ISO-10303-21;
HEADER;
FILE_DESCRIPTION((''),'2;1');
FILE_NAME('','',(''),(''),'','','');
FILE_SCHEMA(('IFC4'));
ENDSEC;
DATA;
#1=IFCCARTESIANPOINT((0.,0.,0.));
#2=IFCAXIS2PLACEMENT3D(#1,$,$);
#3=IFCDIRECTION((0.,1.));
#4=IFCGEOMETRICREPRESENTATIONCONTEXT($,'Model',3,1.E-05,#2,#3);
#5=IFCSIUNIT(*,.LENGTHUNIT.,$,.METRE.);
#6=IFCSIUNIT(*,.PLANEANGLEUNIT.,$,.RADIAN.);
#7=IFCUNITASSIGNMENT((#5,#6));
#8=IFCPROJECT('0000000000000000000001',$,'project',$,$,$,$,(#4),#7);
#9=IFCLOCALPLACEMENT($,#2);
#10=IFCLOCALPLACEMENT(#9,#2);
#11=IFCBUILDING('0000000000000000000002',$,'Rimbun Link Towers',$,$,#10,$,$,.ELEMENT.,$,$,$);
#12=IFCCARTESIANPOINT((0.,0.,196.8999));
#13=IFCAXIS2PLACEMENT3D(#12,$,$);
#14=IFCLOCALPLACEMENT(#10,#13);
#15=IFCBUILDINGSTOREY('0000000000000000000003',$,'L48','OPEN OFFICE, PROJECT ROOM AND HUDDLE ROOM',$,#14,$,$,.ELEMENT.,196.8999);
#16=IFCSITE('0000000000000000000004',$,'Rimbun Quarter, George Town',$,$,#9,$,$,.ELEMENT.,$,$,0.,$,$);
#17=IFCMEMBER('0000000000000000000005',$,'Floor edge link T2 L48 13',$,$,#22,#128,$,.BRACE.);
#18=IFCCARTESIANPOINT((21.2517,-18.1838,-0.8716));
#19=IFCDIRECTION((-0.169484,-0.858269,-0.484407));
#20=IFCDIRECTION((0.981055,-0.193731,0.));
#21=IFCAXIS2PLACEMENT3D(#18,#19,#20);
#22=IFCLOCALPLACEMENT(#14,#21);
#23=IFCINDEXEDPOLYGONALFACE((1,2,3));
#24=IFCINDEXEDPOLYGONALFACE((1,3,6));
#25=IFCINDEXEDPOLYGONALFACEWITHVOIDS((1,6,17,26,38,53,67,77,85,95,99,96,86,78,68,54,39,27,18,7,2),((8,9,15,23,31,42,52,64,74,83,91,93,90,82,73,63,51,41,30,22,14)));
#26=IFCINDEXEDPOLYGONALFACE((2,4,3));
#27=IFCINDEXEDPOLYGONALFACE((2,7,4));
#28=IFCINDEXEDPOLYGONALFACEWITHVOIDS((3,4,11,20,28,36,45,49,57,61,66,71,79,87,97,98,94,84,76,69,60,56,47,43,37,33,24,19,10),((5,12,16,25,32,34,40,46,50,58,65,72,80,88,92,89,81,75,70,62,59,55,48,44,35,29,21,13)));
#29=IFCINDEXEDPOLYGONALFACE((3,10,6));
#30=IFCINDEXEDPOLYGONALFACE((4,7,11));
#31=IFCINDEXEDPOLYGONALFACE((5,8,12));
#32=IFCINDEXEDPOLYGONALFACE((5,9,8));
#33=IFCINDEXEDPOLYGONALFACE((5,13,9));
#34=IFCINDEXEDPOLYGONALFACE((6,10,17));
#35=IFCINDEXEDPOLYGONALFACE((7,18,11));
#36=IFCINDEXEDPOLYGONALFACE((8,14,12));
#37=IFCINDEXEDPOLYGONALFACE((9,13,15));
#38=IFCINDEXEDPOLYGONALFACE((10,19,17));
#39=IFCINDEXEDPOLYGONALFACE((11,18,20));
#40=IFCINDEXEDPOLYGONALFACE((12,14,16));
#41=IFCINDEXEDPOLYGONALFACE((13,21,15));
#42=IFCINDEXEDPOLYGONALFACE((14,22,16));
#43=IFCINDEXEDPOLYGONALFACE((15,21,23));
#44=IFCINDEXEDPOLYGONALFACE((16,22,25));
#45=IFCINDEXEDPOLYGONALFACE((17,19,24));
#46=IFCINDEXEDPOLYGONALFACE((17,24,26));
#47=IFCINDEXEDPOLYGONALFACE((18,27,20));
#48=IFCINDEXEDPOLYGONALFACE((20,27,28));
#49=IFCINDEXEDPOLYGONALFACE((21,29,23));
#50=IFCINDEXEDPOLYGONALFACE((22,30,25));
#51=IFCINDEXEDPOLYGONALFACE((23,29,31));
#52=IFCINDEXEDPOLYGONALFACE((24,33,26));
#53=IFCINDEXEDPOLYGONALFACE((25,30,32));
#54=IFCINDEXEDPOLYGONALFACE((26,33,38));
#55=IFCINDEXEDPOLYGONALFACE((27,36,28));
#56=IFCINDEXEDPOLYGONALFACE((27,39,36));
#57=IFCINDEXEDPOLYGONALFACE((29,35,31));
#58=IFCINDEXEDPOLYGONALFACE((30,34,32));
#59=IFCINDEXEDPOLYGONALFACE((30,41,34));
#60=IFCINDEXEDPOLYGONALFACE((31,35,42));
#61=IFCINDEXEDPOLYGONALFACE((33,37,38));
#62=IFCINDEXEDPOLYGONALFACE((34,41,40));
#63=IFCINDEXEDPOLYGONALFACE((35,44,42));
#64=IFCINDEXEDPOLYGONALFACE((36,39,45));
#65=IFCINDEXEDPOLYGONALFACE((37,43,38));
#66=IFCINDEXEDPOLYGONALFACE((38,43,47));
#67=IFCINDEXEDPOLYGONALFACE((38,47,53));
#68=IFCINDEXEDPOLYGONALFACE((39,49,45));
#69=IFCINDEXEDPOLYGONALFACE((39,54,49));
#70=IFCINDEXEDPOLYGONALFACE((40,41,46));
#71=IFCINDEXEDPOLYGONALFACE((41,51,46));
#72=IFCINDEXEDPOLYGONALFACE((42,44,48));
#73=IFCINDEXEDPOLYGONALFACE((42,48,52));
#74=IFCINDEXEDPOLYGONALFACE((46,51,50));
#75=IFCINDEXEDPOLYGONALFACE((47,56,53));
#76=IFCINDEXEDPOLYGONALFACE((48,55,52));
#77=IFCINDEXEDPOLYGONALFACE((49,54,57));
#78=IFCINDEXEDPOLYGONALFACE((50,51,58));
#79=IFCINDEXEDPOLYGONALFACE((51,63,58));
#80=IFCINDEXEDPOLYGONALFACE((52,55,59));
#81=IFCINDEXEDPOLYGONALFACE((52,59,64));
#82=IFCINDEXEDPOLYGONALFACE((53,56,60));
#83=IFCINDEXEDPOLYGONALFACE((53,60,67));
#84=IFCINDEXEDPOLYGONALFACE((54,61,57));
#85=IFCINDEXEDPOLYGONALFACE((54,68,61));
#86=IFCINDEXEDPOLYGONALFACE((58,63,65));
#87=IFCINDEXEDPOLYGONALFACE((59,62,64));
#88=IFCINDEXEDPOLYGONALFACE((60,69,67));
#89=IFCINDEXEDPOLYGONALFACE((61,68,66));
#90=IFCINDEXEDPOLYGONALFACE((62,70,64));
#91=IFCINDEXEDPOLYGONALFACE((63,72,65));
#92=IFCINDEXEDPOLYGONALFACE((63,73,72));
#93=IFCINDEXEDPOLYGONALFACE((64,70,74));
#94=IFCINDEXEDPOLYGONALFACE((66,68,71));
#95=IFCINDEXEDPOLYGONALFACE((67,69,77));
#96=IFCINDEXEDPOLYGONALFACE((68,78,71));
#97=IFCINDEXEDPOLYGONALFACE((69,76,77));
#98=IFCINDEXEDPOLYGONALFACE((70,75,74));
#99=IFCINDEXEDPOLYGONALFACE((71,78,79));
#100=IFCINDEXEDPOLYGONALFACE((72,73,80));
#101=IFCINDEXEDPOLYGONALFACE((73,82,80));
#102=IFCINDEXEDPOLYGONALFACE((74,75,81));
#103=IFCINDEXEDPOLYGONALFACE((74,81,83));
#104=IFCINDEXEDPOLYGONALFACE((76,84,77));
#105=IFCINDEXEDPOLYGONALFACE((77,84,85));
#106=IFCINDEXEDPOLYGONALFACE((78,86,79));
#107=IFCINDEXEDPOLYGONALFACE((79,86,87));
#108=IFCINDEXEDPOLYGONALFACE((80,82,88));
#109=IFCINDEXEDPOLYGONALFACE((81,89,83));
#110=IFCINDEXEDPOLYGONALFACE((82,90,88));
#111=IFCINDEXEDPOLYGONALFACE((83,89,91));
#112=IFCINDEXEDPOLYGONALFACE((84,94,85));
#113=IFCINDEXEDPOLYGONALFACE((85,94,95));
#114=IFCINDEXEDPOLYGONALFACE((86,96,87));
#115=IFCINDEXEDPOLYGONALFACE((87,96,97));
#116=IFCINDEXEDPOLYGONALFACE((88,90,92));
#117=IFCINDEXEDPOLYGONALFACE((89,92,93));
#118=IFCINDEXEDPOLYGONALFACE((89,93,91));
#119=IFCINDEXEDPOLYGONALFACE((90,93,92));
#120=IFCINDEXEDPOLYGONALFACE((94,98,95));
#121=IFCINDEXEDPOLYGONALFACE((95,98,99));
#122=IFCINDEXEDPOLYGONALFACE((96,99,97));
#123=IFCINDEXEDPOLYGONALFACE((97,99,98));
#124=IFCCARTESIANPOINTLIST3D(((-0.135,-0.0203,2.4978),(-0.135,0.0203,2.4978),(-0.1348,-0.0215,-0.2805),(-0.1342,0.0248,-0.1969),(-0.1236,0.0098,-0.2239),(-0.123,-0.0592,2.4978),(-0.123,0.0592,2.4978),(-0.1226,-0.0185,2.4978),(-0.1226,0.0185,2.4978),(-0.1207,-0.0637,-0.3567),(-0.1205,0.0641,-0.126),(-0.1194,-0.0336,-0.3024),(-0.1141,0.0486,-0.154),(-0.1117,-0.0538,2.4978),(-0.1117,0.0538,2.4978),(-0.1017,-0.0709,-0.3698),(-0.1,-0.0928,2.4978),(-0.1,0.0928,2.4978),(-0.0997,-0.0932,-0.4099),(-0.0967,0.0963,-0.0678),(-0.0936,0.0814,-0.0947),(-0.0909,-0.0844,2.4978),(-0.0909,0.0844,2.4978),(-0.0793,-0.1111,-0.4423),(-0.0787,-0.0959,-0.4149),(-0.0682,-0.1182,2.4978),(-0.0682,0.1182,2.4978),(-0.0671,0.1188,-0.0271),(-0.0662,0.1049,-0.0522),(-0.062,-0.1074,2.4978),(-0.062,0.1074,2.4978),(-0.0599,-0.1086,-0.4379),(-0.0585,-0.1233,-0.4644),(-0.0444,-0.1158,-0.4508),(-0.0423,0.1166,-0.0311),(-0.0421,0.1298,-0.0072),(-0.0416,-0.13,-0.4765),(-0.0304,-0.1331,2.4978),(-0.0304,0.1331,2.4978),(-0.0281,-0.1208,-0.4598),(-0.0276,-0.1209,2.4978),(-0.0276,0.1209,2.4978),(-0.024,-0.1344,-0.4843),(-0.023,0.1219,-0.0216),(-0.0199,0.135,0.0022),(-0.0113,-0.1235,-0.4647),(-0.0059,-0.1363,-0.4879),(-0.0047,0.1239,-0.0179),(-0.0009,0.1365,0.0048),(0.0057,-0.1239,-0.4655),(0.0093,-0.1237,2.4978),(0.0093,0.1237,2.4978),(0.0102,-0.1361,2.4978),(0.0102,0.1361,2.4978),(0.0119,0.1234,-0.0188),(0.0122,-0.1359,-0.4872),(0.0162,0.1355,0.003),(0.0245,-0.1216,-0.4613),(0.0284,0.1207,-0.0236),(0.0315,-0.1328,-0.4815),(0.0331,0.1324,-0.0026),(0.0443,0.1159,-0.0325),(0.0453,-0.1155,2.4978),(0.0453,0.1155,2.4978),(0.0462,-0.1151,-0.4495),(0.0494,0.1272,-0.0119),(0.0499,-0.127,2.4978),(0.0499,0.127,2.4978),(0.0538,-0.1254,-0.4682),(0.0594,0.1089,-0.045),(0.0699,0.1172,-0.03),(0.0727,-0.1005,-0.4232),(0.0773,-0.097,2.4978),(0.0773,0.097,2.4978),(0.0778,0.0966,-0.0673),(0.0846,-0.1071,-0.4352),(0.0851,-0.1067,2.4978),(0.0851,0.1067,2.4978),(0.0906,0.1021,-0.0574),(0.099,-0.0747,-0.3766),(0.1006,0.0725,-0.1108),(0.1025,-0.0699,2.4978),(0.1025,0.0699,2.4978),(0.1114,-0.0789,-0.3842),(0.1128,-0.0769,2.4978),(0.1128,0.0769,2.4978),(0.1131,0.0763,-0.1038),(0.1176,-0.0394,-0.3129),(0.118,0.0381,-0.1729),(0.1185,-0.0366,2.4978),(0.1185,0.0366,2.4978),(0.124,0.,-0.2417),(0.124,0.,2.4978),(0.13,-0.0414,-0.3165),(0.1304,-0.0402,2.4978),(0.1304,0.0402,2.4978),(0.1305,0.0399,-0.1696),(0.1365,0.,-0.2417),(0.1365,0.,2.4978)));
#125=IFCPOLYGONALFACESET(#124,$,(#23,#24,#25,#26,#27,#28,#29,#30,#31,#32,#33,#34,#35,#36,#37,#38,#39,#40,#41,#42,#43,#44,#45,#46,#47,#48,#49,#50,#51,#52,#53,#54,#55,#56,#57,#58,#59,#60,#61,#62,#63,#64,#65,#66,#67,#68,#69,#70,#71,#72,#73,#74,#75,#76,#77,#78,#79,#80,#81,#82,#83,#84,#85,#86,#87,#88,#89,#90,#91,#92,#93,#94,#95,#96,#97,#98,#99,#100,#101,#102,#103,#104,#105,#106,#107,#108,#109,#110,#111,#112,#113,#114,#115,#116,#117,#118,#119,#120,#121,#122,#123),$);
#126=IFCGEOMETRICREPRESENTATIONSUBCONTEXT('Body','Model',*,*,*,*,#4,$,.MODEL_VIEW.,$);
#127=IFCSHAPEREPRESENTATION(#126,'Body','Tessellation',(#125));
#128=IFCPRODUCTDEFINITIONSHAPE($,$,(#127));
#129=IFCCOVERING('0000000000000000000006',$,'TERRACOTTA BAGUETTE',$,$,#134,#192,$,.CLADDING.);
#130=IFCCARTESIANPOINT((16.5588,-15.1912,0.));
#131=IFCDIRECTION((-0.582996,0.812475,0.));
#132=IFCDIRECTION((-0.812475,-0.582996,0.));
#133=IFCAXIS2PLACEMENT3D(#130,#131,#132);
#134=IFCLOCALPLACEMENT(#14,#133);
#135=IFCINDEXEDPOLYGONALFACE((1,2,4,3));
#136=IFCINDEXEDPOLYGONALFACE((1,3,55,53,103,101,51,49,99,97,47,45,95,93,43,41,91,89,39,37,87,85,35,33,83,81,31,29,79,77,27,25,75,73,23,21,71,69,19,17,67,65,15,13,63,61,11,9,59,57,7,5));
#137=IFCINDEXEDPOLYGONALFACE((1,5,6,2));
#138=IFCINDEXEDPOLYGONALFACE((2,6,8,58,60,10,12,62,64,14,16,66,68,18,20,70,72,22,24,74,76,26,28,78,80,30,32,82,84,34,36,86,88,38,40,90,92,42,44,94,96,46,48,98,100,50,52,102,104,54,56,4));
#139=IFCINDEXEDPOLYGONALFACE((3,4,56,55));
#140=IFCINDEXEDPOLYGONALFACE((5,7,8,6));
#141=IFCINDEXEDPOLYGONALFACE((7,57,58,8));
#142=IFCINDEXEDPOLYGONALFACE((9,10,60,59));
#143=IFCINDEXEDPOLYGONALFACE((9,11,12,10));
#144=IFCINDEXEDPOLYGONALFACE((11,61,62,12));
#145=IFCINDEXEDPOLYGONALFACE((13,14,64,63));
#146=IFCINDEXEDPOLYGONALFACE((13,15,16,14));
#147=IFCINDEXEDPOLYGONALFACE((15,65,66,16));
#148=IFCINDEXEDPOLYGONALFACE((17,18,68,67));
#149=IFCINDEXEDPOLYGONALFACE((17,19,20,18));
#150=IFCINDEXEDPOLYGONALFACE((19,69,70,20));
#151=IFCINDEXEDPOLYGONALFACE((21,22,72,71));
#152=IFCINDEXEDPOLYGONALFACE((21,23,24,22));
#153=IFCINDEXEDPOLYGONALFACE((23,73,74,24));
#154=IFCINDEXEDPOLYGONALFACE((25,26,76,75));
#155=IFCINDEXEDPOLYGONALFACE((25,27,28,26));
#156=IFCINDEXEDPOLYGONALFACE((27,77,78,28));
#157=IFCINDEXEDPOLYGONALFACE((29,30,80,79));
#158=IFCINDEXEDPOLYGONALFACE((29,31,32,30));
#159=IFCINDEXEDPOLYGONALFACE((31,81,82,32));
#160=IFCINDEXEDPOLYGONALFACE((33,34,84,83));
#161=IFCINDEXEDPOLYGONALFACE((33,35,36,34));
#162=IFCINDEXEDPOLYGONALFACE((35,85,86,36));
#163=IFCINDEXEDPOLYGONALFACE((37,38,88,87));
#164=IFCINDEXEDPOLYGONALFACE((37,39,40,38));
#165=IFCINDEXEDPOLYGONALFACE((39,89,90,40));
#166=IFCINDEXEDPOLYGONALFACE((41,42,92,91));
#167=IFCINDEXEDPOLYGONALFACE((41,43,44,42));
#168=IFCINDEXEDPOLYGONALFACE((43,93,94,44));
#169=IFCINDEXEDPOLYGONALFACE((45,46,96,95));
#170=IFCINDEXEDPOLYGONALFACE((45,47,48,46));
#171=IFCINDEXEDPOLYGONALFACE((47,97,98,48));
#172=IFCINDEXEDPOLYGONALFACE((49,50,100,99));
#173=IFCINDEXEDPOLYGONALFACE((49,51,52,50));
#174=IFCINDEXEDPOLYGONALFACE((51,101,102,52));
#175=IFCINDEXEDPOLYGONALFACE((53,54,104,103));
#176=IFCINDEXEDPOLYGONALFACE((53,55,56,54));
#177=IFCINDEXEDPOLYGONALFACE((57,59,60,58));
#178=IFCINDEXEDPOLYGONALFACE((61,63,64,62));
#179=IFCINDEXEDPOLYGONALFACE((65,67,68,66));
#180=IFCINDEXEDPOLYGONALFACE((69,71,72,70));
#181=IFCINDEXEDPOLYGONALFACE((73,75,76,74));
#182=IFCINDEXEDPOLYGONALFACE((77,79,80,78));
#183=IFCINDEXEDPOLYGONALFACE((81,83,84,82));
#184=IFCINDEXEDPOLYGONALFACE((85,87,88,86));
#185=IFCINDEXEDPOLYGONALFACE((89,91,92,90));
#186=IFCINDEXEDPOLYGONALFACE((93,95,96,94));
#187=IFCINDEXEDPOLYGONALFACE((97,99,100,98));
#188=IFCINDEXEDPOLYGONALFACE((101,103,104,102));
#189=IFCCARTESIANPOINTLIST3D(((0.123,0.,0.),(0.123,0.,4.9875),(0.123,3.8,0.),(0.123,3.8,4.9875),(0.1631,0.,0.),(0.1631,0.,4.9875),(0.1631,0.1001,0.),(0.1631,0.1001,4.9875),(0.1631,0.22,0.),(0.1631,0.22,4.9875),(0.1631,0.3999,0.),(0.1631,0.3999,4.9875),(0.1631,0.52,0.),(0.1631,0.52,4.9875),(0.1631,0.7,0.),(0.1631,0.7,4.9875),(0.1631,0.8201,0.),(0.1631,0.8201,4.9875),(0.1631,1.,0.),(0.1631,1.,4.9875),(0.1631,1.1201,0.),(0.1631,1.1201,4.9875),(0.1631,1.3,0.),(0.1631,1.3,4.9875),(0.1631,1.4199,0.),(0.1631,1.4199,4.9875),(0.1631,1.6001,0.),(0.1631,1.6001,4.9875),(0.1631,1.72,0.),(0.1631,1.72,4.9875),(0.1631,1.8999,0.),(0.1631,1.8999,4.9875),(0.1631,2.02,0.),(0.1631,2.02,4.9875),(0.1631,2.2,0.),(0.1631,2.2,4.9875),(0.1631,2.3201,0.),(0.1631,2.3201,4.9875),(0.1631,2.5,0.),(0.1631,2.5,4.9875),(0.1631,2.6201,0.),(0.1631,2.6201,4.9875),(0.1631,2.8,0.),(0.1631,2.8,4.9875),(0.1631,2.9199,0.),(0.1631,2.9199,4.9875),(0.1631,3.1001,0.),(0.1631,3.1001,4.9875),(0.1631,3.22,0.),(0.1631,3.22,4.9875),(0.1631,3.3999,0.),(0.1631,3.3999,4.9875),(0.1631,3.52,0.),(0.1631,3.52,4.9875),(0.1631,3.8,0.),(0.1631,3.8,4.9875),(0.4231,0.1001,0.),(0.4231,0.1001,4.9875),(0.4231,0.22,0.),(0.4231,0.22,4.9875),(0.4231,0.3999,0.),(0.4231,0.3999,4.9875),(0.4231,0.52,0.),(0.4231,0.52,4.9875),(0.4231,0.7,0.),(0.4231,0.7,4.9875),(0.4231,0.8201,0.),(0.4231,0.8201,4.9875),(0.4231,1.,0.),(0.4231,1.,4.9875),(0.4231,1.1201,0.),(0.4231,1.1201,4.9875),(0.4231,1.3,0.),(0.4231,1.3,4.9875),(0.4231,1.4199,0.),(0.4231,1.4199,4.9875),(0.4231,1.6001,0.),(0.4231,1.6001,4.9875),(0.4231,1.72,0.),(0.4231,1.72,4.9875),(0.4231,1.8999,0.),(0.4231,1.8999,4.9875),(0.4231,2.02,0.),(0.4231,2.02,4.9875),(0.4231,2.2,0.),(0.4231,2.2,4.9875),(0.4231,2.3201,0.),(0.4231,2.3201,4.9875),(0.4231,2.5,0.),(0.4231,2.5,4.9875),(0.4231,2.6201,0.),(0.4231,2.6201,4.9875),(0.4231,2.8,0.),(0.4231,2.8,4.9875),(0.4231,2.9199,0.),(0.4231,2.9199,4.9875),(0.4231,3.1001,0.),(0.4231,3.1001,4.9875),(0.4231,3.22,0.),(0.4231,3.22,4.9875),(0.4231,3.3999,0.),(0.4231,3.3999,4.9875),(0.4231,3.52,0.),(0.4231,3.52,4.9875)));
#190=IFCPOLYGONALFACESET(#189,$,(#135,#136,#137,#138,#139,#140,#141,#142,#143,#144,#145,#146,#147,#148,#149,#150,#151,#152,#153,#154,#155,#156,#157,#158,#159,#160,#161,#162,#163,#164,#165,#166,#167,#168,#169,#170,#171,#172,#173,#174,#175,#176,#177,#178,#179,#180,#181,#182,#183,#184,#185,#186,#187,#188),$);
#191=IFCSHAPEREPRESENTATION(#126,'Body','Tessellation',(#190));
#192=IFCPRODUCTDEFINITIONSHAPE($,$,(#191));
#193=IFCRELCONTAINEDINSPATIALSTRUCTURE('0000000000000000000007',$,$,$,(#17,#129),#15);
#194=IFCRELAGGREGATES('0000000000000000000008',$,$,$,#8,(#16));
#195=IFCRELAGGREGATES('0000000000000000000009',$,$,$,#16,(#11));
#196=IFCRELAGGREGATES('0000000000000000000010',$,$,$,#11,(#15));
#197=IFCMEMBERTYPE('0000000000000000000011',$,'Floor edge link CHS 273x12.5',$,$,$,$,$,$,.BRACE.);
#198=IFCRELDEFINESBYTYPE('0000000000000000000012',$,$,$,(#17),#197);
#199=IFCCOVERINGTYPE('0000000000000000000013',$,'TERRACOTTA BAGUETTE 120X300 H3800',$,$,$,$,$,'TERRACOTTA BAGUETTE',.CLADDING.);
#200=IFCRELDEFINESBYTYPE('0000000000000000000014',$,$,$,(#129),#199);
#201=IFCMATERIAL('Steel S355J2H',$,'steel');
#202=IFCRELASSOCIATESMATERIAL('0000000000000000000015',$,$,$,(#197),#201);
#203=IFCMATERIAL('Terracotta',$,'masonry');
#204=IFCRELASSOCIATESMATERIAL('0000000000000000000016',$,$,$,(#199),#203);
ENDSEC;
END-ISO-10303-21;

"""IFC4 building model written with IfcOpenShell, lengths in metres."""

from ifc_helpers import new_model, si_unit, direction, frame, origin, origin_2d, place, context, subcontext, project, spatial, polyline, hollow_circle, outline, extrude, clip, halfspace, material, material_profile, profile_set, type_object, element, save


model = new_model("IFC4")

# Units and contexts
model_context = context("Model", 3, precision=1e-05, world=origin(), true_north=direction((0.0, 1.0)))
body_context = subcontext(model_context, "Body", "Model", "MODEL_VIEW")
ifc_project = project(units=[si_unit("LENGTHUNIT", "METRE"), si_unit("PLANEANGLEUNIT", "RADIAN")], contexts=[model_context])

# Site, building, storey
site_placement = place(None, origin())
site = spatial("IfcSite", under=ifc_project, at=site_placement, Name="Rimbun Quarter, George Town", CompositionType="ELEMENT", RefElevation=0.0)
building_placement = place(site_placement, origin())
building = spatial("IfcBuilding", under=site, at=building_placement, Name="Rimbun Link Towers", CompositionType="ELEMENT")
storey_placement = place(building_placement, frame((0.0, 0.0, 196.8999)))
storey = spatial("IfcBuildingStorey", under=building, at=storey_placement, Name="L48", Description="OPEN OFFICE, PROJECT ROOM AND HUDDLE ROOM", CompositionType="ELEMENT", Elevation=196.8999)

# Member
ifc_material_1 = material(Name="Steel S355J2H", Category="steel")
ifc_material_profile_1 = material_profile(ifc_material_1, hollow_circle(Radius=0.1365, WallThickness=0.0125, at=origin_2d()), Name="CHS 273x12.5")
ifc_profile_set_1 = profile_set([ifc_material_profile_1], Name="Steel S355J2H")
member_type_1 = type_object("IfcMemberType", Name="Floor edge link CHS 273x12.5", PredefinedType="BRACE", material=ifc_profile_set_1)
member_1_placement = place(storey_placement, frame((21.2517, -18.1838, -0.8716), z_axis=(-0.169484, -0.858269, -0.484407), x_axis=(0.981055, -0.193731, 0.0)))
element("IfcMember", 1, at=member_1_placement, inside=storey, type_object=member_type_1, Name="Floor edge link T2 L48 13", PredefinedType="BRACE", context=body_context, shape_type="Clipping", body=[
    clip(extrude(hollow_circle(Radius=0.1365, WallThickness=0.0125, at=origin_2d()), frame((0.0, 0.0, -0.5137)), (0.0, 0.0, 1.0), 3.0115), halfspace(frame((0.0, 0.0, -0.2417), z_axis=(0.0, 0.874843, -0.484407)), False)),
])

# Covering
ifc_material_2 = material(Name="Terracotta", Category="masonry")
ifc_material_profile_2 = material_profile(ifc_material_2, outline(polyline([(0.123, 0.0), (0.1631, 0.0), (0.1631, 0.1001), (0.4231, 0.1001), (0.4231, 0.22), (0.1631, 0.22), (0.1631, 0.3999), (0.4231, 0.3999), (0.4231, 0.52), (0.1631, 0.52), (0.1631, 0.7), (0.4231, 0.7), (0.4231, 0.8201), (0.1631, 0.8201), (0.1631, 1.0), (0.4231, 1.0), (0.4231, 1.1201), (0.1631, 1.1201), (0.1631, 1.3), (0.4231, 1.3), (0.4231, 1.4199), (0.1631, 1.4199), (0.1631, 1.6001), (0.4231, 1.6001), (0.4231, 1.72), (0.1631, 1.72), (0.1631, 1.8999), (0.4231, 1.8999), (0.4231, 2.02), (0.1631, 2.02), (0.1631, 2.2), (0.4231, 2.2), (0.4231, 2.3201), (0.1631, 2.3201), (0.1631, 2.5), (0.4231, 2.5), (0.4231, 2.6201), (0.1631, 2.6201), (0.1631, 2.8), (0.4231, 2.8), (0.4231, 2.9199), (0.1631, 2.9199), (0.1631, 3.1001), (0.4231, 3.1001), (0.4231, 3.22), (0.1631, 3.22), (0.1631, 3.3999), (0.4231, 3.3999), (0.4231, 3.52), (0.1631, 3.52), (0.1631, 3.8), (0.123, 3.8), (0.123, 0.0)])), Name="BAGUETTE 120X300")
ifc_profile_set_2 = profile_set([ifc_material_profile_2], Name="Terracotta")
covering_type = type_object("IfcCoveringType", Name="TERRACOTTA BAGUETTE 120X300 H3800", ElementType="TERRACOTTA BAGUETTE", PredefinedType="CLADDING", material=ifc_profile_set_2)
covering_1_placement = place(storey_placement, frame((16.5588, -15.1912, 0.0), z_axis=(-0.582996, 0.812475, 0.0), x_axis=(-0.812475, -0.582996, 0.0)))
element("IfcCovering", 2, at=covering_1_placement, inside=storey, type_object=covering_type, Name="TERRACOTTA BAGUETTE", PredefinedType="CLADDING", context=body_context, shape_type="SweptSolid", body=[
    extrude(outline(polyline([(0.123, 0.0), (0.1631, 0.0), (0.1631, 0.1001), (0.4231, 0.1001), (0.4231, 0.22), (0.1631, 0.22), (0.1631, 0.3999), (0.4231, 0.3999), (0.4231, 0.52), (0.1631, 0.52), (0.1631, 0.7), (0.4231, 0.7), (0.4231, 0.8201), (0.1631, 0.8201), (0.1631, 1.0), (0.4231, 1.0), (0.4231, 1.1201), (0.1631, 1.1201), (0.1631, 1.3), (0.4231, 1.3), (0.4231, 1.4199), (0.1631, 1.4199), (0.1631, 1.6001), (0.4231, 1.6001), (0.4231, 1.72), (0.1631, 1.72), (0.1631, 1.8999), (0.4231, 1.8999), (0.4231, 2.02), (0.1631, 2.02), (0.1631, 2.2), (0.4231, 2.2), (0.4231, 2.3201), (0.1631, 2.3201), (0.1631, 2.5), (0.4231, 2.5), (0.4231, 2.6201), (0.1631, 2.6201), (0.1631, 2.8), (0.4231, 2.8), (0.4231, 2.9199), (0.1631, 2.9199), (0.1631, 3.1001), (0.4231, 3.1001), (0.4231, 3.22), (0.1631, 3.22), (0.1631, 3.3999), (0.4231, 3.3999), (0.4231, 3.52), (0.1631, 3.52), (0.1631, 3.8), (0.123, 3.8), (0.123, 0.0)])), origin(), (0.0, 0.0, 1.0), 4.9875),
])

save(model, "model.ifc")
